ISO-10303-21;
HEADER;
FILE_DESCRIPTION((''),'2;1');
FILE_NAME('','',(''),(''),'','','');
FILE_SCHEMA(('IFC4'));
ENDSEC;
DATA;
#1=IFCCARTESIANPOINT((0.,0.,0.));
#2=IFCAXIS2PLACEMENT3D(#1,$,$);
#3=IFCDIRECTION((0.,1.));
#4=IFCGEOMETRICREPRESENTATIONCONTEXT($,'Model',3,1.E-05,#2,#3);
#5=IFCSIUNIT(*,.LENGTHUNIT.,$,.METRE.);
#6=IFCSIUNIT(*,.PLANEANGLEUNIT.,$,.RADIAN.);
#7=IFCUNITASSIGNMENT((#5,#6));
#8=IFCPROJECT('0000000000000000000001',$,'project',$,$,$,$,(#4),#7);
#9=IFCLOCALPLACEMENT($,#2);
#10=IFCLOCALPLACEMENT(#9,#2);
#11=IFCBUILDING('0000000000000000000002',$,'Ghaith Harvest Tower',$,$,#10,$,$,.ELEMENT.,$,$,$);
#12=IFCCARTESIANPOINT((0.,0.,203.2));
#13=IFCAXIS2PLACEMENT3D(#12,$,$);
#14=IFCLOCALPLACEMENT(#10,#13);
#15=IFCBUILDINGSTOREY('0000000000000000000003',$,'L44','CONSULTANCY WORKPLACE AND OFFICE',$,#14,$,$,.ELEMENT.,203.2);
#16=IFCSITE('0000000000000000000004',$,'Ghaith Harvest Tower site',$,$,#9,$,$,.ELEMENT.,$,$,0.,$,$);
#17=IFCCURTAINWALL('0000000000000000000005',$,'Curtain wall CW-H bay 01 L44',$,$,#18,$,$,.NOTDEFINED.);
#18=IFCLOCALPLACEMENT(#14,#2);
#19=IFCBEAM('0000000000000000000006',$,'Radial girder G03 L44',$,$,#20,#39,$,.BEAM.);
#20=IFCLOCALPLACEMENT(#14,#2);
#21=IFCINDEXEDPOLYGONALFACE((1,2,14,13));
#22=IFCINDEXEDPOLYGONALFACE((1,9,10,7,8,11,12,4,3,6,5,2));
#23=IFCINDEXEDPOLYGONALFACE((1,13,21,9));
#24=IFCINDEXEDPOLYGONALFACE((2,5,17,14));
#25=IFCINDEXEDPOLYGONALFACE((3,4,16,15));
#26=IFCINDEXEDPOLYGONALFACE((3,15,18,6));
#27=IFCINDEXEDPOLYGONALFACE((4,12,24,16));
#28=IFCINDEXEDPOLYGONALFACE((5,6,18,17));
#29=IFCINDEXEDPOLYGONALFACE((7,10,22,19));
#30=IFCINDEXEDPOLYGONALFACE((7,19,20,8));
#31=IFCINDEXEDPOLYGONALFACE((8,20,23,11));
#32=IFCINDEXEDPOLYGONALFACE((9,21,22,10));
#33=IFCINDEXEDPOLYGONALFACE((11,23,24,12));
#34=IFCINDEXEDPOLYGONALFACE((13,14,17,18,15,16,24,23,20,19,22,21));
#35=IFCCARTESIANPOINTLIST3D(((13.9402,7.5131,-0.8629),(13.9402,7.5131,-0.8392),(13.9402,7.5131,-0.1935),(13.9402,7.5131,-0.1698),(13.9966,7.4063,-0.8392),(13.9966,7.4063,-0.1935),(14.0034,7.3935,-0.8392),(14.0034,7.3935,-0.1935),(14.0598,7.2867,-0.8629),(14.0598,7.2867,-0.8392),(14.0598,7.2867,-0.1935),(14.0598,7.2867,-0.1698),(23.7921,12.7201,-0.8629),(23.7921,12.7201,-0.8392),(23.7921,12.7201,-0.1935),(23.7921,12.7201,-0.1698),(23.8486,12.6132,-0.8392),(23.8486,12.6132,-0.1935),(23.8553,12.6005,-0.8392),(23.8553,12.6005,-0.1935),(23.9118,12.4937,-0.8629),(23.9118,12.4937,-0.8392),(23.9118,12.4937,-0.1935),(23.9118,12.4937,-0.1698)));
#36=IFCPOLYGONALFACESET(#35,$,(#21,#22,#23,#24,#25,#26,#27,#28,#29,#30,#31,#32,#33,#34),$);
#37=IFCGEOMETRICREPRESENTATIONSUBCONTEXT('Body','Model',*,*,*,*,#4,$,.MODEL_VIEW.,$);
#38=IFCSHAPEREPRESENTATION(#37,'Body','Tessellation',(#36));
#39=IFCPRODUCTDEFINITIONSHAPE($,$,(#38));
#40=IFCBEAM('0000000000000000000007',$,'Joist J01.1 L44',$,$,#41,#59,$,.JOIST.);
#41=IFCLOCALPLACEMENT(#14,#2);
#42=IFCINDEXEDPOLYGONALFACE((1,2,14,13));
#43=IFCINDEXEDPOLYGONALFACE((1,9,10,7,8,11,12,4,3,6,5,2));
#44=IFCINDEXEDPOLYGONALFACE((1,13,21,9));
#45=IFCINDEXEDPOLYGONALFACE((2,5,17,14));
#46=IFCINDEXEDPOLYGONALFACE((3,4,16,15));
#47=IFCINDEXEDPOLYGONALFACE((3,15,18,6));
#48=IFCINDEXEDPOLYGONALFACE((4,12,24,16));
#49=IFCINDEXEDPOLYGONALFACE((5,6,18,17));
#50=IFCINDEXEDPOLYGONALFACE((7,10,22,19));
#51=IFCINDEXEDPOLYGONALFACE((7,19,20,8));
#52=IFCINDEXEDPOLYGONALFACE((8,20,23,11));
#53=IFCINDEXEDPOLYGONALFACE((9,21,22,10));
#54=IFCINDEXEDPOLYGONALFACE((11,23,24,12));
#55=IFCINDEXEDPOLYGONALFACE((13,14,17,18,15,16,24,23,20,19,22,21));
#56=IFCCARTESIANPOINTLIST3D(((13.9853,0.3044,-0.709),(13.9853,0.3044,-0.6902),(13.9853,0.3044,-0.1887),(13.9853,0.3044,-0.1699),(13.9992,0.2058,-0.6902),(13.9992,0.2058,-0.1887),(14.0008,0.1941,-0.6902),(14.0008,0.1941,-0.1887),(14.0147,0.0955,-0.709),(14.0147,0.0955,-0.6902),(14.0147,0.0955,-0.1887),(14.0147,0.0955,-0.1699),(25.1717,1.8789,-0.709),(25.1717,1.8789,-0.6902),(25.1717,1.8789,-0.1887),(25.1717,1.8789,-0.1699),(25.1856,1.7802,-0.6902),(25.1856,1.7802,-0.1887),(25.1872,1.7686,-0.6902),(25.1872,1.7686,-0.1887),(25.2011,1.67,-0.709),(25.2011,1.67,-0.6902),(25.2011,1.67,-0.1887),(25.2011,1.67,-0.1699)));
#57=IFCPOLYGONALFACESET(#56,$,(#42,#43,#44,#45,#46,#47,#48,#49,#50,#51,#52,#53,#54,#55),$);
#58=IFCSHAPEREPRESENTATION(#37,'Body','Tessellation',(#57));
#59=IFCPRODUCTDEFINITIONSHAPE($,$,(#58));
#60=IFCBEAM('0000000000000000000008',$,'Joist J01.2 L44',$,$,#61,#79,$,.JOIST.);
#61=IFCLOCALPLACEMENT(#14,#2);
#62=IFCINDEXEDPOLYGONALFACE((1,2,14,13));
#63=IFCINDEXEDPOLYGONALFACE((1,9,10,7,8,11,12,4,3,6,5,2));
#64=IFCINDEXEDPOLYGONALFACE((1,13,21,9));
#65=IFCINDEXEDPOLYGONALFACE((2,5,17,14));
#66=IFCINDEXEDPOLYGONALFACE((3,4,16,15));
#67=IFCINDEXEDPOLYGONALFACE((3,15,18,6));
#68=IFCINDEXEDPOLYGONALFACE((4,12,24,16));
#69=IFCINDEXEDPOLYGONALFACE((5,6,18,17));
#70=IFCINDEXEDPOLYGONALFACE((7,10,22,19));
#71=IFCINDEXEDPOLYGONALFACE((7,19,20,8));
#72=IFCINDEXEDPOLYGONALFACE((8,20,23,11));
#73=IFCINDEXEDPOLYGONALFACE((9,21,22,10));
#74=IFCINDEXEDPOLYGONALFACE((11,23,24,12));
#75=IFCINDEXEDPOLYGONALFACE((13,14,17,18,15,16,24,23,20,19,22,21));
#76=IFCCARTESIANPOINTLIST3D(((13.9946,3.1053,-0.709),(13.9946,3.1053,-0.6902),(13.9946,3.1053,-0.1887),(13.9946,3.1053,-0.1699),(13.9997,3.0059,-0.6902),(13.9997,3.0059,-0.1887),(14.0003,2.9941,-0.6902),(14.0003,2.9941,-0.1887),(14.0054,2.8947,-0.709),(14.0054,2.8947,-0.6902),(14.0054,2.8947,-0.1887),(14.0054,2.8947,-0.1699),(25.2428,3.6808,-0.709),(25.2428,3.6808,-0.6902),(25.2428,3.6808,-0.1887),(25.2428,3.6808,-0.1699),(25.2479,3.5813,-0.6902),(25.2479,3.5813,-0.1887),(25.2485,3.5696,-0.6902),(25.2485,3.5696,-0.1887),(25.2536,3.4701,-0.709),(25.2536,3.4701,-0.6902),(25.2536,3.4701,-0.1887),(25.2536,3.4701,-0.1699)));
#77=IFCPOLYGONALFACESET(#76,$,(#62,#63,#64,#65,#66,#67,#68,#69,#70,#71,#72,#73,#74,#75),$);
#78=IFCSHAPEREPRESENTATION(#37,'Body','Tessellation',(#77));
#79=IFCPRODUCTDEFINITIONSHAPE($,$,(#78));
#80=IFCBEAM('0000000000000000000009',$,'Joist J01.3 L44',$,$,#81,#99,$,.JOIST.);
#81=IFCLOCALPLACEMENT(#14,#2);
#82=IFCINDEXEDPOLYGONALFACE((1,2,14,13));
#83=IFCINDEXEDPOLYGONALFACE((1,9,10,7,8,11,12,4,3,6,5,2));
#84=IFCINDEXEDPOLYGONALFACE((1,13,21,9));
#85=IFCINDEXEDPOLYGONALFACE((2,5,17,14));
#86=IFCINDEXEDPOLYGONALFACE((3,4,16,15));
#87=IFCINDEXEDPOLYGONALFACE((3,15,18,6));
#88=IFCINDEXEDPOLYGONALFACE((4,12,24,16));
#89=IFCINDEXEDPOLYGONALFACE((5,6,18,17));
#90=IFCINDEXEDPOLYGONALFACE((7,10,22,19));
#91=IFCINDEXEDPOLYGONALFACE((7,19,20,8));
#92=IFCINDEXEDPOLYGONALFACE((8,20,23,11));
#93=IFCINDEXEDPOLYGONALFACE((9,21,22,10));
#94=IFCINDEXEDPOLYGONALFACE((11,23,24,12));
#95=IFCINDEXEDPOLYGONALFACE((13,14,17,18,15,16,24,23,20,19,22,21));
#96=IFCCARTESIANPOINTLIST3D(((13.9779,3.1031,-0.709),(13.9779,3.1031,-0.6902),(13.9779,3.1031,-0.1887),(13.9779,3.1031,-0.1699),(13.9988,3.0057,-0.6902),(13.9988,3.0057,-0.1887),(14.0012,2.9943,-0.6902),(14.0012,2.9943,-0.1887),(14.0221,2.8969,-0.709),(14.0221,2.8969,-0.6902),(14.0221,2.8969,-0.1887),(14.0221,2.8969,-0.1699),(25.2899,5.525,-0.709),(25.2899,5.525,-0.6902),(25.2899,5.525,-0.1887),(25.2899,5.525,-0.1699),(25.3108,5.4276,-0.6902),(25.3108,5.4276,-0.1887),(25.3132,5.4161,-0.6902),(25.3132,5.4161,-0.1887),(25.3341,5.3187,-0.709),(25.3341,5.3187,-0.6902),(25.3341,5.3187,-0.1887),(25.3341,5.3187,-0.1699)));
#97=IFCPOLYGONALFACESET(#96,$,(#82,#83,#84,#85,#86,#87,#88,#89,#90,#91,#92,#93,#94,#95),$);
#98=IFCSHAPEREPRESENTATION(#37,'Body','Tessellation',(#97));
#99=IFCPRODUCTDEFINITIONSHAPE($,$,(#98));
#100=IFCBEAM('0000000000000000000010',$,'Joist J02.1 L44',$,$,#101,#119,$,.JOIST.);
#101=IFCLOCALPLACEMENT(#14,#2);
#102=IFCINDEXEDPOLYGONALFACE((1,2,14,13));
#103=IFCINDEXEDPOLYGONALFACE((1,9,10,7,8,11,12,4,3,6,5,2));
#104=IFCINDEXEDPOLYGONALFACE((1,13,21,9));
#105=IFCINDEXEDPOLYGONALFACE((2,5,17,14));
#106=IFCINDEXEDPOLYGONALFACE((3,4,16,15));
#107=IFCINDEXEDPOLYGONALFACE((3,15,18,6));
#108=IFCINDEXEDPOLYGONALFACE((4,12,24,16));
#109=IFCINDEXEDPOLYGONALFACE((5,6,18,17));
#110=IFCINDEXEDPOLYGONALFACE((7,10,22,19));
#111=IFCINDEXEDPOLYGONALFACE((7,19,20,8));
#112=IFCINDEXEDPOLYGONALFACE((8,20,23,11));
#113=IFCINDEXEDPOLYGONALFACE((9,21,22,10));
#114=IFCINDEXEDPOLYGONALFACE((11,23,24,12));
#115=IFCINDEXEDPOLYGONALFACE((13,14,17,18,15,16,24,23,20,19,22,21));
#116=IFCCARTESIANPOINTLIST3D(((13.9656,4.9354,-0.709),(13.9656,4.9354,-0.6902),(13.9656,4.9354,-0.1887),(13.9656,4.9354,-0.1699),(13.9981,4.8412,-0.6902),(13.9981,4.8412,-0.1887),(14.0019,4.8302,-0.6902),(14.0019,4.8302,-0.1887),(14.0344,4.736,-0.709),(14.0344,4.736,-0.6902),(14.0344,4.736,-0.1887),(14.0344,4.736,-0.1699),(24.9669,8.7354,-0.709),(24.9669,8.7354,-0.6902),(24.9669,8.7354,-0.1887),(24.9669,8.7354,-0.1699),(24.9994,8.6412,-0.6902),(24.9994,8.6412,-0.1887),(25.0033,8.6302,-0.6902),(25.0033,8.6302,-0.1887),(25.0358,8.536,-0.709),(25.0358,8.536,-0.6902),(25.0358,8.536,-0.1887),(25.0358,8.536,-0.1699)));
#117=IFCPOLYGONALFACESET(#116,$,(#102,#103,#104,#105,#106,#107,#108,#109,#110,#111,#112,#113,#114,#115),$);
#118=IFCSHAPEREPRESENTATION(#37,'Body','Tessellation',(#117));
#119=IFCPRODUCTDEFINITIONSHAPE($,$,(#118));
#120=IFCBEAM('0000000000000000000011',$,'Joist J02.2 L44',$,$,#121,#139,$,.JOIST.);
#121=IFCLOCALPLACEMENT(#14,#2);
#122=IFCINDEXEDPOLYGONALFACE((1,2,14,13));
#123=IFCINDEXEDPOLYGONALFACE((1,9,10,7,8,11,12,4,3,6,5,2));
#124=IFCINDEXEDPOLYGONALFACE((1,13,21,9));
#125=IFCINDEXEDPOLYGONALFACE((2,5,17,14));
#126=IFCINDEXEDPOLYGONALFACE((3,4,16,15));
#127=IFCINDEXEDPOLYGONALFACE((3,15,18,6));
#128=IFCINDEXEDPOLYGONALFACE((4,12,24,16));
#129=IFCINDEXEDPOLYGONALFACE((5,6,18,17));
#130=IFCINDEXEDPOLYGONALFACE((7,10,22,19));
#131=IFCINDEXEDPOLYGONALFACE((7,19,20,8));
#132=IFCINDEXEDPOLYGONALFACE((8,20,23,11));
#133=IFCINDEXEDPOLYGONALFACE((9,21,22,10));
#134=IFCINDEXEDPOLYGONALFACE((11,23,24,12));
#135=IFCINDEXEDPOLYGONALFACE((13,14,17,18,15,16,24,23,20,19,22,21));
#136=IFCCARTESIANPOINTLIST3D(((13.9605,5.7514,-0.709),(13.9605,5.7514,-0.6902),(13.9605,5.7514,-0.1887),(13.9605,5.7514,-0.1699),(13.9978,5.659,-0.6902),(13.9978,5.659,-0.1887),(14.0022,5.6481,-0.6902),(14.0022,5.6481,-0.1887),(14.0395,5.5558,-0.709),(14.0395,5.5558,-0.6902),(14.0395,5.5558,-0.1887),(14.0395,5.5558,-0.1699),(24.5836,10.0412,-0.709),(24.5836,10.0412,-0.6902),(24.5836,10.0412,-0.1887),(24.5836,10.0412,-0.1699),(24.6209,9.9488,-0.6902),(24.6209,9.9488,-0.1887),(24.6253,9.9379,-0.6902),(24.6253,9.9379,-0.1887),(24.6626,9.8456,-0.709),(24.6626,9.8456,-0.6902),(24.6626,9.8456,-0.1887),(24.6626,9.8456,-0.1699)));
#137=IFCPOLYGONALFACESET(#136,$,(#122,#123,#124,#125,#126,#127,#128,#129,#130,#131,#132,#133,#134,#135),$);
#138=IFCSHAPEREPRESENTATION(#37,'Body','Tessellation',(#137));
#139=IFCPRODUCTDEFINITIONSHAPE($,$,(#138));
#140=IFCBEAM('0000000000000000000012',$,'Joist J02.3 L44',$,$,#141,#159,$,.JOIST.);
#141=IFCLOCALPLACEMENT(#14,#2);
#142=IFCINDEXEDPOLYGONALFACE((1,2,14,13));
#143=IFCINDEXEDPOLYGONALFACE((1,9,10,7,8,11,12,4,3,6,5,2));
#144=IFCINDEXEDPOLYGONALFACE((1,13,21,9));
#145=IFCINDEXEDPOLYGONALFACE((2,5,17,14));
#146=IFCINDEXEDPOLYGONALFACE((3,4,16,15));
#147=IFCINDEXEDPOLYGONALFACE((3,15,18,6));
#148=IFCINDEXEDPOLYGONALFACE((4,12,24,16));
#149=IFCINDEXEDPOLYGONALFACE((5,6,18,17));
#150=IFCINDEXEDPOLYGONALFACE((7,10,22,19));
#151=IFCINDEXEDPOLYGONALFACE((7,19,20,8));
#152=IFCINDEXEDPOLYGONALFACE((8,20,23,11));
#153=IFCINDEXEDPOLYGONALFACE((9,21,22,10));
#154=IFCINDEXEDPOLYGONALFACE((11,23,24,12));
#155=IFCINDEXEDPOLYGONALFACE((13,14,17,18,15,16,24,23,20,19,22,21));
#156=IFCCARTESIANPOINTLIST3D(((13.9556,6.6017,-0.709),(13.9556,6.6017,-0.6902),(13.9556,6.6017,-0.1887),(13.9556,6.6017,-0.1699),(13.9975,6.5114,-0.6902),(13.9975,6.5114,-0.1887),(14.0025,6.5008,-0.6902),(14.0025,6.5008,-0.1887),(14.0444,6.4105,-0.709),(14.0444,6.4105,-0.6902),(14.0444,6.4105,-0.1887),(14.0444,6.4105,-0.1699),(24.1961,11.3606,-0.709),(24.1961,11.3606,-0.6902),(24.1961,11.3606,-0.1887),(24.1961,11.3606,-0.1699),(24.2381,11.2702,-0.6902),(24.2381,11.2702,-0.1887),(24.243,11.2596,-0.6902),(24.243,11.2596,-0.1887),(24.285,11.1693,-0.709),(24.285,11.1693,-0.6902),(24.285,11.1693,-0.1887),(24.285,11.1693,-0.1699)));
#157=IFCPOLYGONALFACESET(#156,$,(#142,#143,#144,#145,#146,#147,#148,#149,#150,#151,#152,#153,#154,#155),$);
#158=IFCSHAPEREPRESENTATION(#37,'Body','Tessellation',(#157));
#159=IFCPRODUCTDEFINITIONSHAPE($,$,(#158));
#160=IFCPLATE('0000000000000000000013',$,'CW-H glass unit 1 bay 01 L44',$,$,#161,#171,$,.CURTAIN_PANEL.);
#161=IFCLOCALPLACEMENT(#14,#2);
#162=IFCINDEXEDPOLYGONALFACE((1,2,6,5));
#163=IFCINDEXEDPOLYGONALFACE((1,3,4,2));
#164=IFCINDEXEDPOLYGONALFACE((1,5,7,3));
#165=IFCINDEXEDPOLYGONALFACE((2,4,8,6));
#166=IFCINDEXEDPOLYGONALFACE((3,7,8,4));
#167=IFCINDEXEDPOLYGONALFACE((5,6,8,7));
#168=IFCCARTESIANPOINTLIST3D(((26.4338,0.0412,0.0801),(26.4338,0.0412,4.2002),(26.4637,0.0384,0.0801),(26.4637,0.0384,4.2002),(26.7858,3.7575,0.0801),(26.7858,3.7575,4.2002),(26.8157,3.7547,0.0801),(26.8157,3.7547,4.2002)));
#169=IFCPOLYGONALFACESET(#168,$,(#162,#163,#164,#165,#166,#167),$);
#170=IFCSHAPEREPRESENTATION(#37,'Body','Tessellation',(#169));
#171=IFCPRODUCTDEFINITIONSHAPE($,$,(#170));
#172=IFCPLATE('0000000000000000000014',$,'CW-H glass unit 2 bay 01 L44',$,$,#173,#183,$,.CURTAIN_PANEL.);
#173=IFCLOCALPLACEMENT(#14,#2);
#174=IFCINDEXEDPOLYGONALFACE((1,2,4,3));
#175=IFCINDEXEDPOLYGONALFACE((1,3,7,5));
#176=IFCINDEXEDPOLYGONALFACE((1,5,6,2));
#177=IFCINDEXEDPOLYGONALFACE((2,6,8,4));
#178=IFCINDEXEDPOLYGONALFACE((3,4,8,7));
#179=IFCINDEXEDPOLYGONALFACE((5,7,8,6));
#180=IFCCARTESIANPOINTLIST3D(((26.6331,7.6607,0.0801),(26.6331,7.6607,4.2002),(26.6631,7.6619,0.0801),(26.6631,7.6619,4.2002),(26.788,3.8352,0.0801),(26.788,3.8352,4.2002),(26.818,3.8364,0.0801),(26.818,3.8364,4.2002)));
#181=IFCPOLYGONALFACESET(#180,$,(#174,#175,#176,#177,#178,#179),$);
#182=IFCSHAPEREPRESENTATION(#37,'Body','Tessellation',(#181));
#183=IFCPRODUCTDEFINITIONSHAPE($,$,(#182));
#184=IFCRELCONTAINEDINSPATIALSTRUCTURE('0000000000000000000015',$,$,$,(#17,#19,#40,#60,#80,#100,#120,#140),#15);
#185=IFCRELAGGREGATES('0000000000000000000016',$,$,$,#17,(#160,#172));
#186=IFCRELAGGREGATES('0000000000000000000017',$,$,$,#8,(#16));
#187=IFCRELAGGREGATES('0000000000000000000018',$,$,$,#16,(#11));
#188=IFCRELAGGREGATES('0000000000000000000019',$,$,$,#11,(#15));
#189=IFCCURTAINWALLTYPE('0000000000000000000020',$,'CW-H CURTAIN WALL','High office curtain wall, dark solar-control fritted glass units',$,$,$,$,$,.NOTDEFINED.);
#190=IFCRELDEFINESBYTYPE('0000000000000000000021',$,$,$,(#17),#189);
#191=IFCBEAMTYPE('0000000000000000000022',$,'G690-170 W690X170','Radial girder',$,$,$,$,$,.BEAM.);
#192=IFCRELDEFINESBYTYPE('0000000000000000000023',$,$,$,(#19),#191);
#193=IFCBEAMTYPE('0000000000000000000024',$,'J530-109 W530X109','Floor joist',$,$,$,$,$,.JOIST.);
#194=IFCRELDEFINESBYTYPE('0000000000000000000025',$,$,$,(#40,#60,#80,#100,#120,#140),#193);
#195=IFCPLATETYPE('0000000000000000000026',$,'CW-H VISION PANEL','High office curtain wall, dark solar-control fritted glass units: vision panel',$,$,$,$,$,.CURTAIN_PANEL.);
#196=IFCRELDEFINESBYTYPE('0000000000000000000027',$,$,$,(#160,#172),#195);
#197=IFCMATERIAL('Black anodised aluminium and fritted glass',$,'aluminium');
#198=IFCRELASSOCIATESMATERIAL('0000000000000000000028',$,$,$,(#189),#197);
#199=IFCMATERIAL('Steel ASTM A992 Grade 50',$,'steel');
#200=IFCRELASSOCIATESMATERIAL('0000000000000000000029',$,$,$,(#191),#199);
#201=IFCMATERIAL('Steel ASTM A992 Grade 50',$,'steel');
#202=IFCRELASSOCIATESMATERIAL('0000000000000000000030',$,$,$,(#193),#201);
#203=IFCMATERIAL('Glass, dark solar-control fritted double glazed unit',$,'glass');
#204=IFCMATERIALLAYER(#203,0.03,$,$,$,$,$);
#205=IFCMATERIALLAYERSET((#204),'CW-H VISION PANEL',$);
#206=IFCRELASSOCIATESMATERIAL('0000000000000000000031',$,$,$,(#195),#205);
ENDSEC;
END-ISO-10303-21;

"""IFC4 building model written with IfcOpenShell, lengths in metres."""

from ifc_helpers import new_model, si_unit, direction, frame, origin, origin_2d, place, context, subcontext, project, spatial, rectangle, i_section, extrude, material, layer, layer_set, material_profile, profile_set, type_object, element, aggregate, save


model = new_model("IFC4")

# Units and contexts
model_context = context("Model", 3, precision=1e-05, world=origin(), true_north=direction((0.0, 1.0)))
body_context = subcontext(model_context, "Body", "Model", "MODEL_VIEW")
ifc_project = project(units=[si_unit("LENGTHUNIT", "METRE"), si_unit("PLANEANGLEUNIT", "RADIAN")], contexts=[model_context])

# Site, building, storey
site_placement = place(None, origin())
site = spatial("IfcSite", under=ifc_project, at=site_placement, Name="Ghaith Harvest Tower site", CompositionType="ELEMENT", RefElevation=0.0)
building_placement = place(site_placement, origin())
building = spatial("IfcBuilding", under=site, at=building_placement, Name="Ghaith Harvest Tower", CompositionType="ELEMENT")
storey_placement = place(building_placement, frame((0.0, 0.0, 203.2)))
storey = spatial("IfcBuildingStorey", under=building, at=storey_placement, Name="L44", Description="CONSULTANCY WORKPLACE AND OFFICE", CompositionType="ELEMENT", Elevation=203.2)

# Curtain wall
ifc_material_1 = material(Name="Black anodised aluminium and fritted glass", Category="aluminium")
curtain_wall_type = type_object("IfcCurtainWallType", Name="CW-H CURTAIN WALL", Description="High office curtain wall, dark solar-control fritted glass units", PredefinedType="NOTDEFINED", material=ifc_material_1)
curtain_wall_1_placement = place(storey_placement, origin())
curtain_wall_1 = element("IfcCurtainWall", 1, at=curtain_wall_1_placement, inside=storey, type_object=curtain_wall_type, Name="Curtain wall CW-H bay 01 L44", PredefinedType="NOTDEFINED")

# Beams
ifc_material_2 = material(Name="Steel ASTM A992 Grade 50", Category="steel")
ifc_material_profile_1 = material_profile(ifc_material_2, i_section(OverallWidth=0.2561, OverallDepth=0.6931, WebThickness=0.0144, FlangeThickness=0.0237, at=origin_2d()), Name="W690X170")
ifc_profile_set_1 = profile_set([ifc_material_profile_1], Name="Steel ASTM A992 Grade 50")
beam_type_1 = type_object("IfcBeamType", Name="G690-170 W690X170", Description="Radial girder", PredefinedType="BEAM", material=ifc_profile_set_1)
beam_1_placement = place(storey_placement, frame((14.0, 7.3999, -0.5164), z_axis=(0.884113, 0.467274, 0.0), x_axis=(-0.467274, 0.884113, 0.0)))
element("IfcBeam", 2, at=beam_1_placement, inside=storey, type_object=beam_type_1, Name="Radial girder G03 L44", PredefinedType="BEAM", context=body_context, shape_type="SweptSolid", body=[
    extrude(i_section(OverallWidth=0.2561, OverallDepth=0.6931, WebThickness=0.0144, FlangeThickness=0.0237, at=origin_2d()), origin(), (0.0, 0.0, 1.0), 11.1433),
])
ifc_material_3 = material(Name="Steel ASTM A992 Grade 50", Category="steel")
ifc_material_profile_2 = material_profile(ifc_material_3, i_section(OverallWidth=0.2109, OverallDepth=0.5391, WebThickness=0.0117, FlangeThickness=0.0188, at=origin_2d()), Name="W530X109")
ifc_profile_set_2 = profile_set([ifc_material_profile_2], Name="Steel ASTM A992 Grade 50")
beam_type_2 = type_object("IfcBeamType", Name="J530-109 W530X109", Description="Floor joist", PredefinedType="JOIST", material=ifc_profile_set_2)
beam_2_placement = place(storey_placement, frame((14.0, 0.2, -0.4395), z_axis=(0.99024, 0.139376, 0.0), x_axis=(-0.139376, 0.99024, 0.0)))
element("IfcBeam", 3, at=beam_2_placement, inside=storey, type_object=beam_type_2, Name="Joist J01.1 L44", PredefinedType="JOIST", context=body_context, shape_type="SweptSolid", body=[
    extrude(i_section(OverallWidth=0.2109, OverallDepth=0.5391, WebThickness=0.0117, FlangeThickness=0.0188, at=origin_2d()), origin(), (0.0, 0.0, 1.0), 11.2966),
])
beam_3_placement = place(storey_placement, frame((14.0, 3.0, -0.4395), z_axis=(0.998694, 0.051091, 0.0), x_axis=(-0.051091, 0.998694, 0.0)))
element("IfcBeam", 4, at=beam_3_placement, inside=storey, type_object=beam_type_2, Name="Joist J01.2 L44", PredefinedType="JOIST", context=body_context, shape_type="SweptSolid", body=[
    extrude(i_section(OverallWidth=0.2109, OverallDepth=0.5391, WebThickness=0.0117, FlangeThickness=0.0188, at=origin_2d()), origin(), (0.0, 0.0, 1.0), 11.2629),
])
beam_4_placement = place(storey_placement, frame((14.0, 3.0, -0.4395), z_axis=(0.97784, 0.209353, 0.0), x_axis=(-0.209353, 0.97784, 0.0)))
element("IfcBeam", 5, at=beam_4_placement, inside=storey, type_object=beam_type_2, Name="Joist J01.3 L44", PredefinedType="JOIST", context=body_context, shape_type="SweptSolid", body=[
    extrude(i_section(OverallWidth=0.2109, OverallDepth=0.5391, WebThickness=0.0117, FlangeThickness=0.0188, at=origin_2d()), origin(), (0.0, 0.0, 1.0), 11.5684),
])
beam_5_placement = place(storey_placement, frame((14.0, 4.8357, -0.4395), z_axis=(0.945202, 0.326485, 0.0), x_axis=(-0.326485, 0.945202, 0.0)))
element("IfcBeam", 6, at=beam_5_placement, inside=storey, type_object=beam_type_2, Name="Joist J02.1 L44", PredefinedType="JOIST", context=body_context, shape_type="SweptSolid", body=[
    extrude(i_section(OverallWidth=0.2109, OverallDepth=0.5391, WebThickness=0.0117, FlangeThickness=0.0188, at=origin_2d()), origin(), (0.0, 0.0, 1.0), 11.6392),
])
beam_6_placement = place(storey_placement, frame((14.0, 5.6536, -0.4395), z_axis=(0.92725, 0.374442, 0.0), x_axis=(-0.374442, 0.92725, 0.0)))
element("IfcBeam", 7, at=beam_6_placement, inside=storey, type_object=beam_type_2, Name="Joist J02.2 L44", PredefinedType="JOIST", context=body_context, shape_type="SweptSolid", body=[
    extrude(i_section(OverallWidth=0.2109, OverallDepth=0.5391, WebThickness=0.0117, FlangeThickness=0.0188, at=origin_2d()), origin(), (0.0, 0.0, 1.0), 11.4565),
])
beam_7_placement = place(storey_placement, frame((14.0, 6.5061, -0.4395), z_axis=(0.906864, 0.421423, 0.0), x_axis=(-0.421423, 0.906864, 0.0)))
element("IfcBeam", 8, at=beam_7_placement, inside=storey, type_object=beam_type_2, Name="Joist J02.3 L44", PredefinedType="JOIST", context=body_context, shape_type="SweptSolid", body=[
    extrude(i_section(OverallWidth=0.2109, OverallDepth=0.5391, WebThickness=0.0117, FlangeThickness=0.0188, at=origin_2d()), origin(), (0.0, 0.0, 1.0), 11.2922),
])

# Plates
ifc_material_4 = material(Name="Glass, dark solar-control fritted double glazed unit", Category="glass")
ifc_layer_1 = layer(ifc_material_4, 0.03)
ifc_layer_set_1 = layer_set([ifc_layer_1], Name="CW-H VISION PANEL")
plate_type_1 = type_object("IfcPlateType", Name="CW-H VISION PANEL", Description="High office curtain wall, dark solar-control fritted glass units: vision panel", PredefinedType="CURTAIN_PANEL", material=ifc_layer_set_1)
plate_1_placement = place(storey_placement, frame((26.6248, 1.8979, 0.0801), z_axis=(0.0, 0.0, 1.0), x_axis=(0.094302, 0.995544, 0.0)))
plate_1 = element("IfcPlate", 9, at=plate_1_placement, type_object=plate_type_1, Name="CW-H glass unit 1 bay 01 L44", PredefinedType="CURTAIN_PANEL", context=body_context, shape_type="SweptSolid", body=[
    extrude(rectangle(XDim=3.7329, YDim=0.03, at=origin_2d()), origin(), (0.0, 0.0, 1.0), 4.1201),
])
plate_2_placement = place(storey_placement, frame((26.7256, 5.7485, 0.0801), z_axis=(0.0, 0.0, 1.0), x_axis=(-0.040462, 0.999181, 0.0)))
plate_2 = element("IfcPlate", 10, at=plate_2_placement, type_object=plate_type_1, Name="CW-H glass unit 2 bay 01 L44", PredefinedType="CURTAIN_PANEL", context=body_context, shape_type="SweptSolid", body=[
    extrude(rectangle(XDim=3.8286, YDim=0.03, at=origin_2d()), origin(), (0.0, 0.0, 1.0), 4.1201),
])
aggregate(curtain_wall_1, [plate_1, plate_2])

save(model, "model.ifc")
